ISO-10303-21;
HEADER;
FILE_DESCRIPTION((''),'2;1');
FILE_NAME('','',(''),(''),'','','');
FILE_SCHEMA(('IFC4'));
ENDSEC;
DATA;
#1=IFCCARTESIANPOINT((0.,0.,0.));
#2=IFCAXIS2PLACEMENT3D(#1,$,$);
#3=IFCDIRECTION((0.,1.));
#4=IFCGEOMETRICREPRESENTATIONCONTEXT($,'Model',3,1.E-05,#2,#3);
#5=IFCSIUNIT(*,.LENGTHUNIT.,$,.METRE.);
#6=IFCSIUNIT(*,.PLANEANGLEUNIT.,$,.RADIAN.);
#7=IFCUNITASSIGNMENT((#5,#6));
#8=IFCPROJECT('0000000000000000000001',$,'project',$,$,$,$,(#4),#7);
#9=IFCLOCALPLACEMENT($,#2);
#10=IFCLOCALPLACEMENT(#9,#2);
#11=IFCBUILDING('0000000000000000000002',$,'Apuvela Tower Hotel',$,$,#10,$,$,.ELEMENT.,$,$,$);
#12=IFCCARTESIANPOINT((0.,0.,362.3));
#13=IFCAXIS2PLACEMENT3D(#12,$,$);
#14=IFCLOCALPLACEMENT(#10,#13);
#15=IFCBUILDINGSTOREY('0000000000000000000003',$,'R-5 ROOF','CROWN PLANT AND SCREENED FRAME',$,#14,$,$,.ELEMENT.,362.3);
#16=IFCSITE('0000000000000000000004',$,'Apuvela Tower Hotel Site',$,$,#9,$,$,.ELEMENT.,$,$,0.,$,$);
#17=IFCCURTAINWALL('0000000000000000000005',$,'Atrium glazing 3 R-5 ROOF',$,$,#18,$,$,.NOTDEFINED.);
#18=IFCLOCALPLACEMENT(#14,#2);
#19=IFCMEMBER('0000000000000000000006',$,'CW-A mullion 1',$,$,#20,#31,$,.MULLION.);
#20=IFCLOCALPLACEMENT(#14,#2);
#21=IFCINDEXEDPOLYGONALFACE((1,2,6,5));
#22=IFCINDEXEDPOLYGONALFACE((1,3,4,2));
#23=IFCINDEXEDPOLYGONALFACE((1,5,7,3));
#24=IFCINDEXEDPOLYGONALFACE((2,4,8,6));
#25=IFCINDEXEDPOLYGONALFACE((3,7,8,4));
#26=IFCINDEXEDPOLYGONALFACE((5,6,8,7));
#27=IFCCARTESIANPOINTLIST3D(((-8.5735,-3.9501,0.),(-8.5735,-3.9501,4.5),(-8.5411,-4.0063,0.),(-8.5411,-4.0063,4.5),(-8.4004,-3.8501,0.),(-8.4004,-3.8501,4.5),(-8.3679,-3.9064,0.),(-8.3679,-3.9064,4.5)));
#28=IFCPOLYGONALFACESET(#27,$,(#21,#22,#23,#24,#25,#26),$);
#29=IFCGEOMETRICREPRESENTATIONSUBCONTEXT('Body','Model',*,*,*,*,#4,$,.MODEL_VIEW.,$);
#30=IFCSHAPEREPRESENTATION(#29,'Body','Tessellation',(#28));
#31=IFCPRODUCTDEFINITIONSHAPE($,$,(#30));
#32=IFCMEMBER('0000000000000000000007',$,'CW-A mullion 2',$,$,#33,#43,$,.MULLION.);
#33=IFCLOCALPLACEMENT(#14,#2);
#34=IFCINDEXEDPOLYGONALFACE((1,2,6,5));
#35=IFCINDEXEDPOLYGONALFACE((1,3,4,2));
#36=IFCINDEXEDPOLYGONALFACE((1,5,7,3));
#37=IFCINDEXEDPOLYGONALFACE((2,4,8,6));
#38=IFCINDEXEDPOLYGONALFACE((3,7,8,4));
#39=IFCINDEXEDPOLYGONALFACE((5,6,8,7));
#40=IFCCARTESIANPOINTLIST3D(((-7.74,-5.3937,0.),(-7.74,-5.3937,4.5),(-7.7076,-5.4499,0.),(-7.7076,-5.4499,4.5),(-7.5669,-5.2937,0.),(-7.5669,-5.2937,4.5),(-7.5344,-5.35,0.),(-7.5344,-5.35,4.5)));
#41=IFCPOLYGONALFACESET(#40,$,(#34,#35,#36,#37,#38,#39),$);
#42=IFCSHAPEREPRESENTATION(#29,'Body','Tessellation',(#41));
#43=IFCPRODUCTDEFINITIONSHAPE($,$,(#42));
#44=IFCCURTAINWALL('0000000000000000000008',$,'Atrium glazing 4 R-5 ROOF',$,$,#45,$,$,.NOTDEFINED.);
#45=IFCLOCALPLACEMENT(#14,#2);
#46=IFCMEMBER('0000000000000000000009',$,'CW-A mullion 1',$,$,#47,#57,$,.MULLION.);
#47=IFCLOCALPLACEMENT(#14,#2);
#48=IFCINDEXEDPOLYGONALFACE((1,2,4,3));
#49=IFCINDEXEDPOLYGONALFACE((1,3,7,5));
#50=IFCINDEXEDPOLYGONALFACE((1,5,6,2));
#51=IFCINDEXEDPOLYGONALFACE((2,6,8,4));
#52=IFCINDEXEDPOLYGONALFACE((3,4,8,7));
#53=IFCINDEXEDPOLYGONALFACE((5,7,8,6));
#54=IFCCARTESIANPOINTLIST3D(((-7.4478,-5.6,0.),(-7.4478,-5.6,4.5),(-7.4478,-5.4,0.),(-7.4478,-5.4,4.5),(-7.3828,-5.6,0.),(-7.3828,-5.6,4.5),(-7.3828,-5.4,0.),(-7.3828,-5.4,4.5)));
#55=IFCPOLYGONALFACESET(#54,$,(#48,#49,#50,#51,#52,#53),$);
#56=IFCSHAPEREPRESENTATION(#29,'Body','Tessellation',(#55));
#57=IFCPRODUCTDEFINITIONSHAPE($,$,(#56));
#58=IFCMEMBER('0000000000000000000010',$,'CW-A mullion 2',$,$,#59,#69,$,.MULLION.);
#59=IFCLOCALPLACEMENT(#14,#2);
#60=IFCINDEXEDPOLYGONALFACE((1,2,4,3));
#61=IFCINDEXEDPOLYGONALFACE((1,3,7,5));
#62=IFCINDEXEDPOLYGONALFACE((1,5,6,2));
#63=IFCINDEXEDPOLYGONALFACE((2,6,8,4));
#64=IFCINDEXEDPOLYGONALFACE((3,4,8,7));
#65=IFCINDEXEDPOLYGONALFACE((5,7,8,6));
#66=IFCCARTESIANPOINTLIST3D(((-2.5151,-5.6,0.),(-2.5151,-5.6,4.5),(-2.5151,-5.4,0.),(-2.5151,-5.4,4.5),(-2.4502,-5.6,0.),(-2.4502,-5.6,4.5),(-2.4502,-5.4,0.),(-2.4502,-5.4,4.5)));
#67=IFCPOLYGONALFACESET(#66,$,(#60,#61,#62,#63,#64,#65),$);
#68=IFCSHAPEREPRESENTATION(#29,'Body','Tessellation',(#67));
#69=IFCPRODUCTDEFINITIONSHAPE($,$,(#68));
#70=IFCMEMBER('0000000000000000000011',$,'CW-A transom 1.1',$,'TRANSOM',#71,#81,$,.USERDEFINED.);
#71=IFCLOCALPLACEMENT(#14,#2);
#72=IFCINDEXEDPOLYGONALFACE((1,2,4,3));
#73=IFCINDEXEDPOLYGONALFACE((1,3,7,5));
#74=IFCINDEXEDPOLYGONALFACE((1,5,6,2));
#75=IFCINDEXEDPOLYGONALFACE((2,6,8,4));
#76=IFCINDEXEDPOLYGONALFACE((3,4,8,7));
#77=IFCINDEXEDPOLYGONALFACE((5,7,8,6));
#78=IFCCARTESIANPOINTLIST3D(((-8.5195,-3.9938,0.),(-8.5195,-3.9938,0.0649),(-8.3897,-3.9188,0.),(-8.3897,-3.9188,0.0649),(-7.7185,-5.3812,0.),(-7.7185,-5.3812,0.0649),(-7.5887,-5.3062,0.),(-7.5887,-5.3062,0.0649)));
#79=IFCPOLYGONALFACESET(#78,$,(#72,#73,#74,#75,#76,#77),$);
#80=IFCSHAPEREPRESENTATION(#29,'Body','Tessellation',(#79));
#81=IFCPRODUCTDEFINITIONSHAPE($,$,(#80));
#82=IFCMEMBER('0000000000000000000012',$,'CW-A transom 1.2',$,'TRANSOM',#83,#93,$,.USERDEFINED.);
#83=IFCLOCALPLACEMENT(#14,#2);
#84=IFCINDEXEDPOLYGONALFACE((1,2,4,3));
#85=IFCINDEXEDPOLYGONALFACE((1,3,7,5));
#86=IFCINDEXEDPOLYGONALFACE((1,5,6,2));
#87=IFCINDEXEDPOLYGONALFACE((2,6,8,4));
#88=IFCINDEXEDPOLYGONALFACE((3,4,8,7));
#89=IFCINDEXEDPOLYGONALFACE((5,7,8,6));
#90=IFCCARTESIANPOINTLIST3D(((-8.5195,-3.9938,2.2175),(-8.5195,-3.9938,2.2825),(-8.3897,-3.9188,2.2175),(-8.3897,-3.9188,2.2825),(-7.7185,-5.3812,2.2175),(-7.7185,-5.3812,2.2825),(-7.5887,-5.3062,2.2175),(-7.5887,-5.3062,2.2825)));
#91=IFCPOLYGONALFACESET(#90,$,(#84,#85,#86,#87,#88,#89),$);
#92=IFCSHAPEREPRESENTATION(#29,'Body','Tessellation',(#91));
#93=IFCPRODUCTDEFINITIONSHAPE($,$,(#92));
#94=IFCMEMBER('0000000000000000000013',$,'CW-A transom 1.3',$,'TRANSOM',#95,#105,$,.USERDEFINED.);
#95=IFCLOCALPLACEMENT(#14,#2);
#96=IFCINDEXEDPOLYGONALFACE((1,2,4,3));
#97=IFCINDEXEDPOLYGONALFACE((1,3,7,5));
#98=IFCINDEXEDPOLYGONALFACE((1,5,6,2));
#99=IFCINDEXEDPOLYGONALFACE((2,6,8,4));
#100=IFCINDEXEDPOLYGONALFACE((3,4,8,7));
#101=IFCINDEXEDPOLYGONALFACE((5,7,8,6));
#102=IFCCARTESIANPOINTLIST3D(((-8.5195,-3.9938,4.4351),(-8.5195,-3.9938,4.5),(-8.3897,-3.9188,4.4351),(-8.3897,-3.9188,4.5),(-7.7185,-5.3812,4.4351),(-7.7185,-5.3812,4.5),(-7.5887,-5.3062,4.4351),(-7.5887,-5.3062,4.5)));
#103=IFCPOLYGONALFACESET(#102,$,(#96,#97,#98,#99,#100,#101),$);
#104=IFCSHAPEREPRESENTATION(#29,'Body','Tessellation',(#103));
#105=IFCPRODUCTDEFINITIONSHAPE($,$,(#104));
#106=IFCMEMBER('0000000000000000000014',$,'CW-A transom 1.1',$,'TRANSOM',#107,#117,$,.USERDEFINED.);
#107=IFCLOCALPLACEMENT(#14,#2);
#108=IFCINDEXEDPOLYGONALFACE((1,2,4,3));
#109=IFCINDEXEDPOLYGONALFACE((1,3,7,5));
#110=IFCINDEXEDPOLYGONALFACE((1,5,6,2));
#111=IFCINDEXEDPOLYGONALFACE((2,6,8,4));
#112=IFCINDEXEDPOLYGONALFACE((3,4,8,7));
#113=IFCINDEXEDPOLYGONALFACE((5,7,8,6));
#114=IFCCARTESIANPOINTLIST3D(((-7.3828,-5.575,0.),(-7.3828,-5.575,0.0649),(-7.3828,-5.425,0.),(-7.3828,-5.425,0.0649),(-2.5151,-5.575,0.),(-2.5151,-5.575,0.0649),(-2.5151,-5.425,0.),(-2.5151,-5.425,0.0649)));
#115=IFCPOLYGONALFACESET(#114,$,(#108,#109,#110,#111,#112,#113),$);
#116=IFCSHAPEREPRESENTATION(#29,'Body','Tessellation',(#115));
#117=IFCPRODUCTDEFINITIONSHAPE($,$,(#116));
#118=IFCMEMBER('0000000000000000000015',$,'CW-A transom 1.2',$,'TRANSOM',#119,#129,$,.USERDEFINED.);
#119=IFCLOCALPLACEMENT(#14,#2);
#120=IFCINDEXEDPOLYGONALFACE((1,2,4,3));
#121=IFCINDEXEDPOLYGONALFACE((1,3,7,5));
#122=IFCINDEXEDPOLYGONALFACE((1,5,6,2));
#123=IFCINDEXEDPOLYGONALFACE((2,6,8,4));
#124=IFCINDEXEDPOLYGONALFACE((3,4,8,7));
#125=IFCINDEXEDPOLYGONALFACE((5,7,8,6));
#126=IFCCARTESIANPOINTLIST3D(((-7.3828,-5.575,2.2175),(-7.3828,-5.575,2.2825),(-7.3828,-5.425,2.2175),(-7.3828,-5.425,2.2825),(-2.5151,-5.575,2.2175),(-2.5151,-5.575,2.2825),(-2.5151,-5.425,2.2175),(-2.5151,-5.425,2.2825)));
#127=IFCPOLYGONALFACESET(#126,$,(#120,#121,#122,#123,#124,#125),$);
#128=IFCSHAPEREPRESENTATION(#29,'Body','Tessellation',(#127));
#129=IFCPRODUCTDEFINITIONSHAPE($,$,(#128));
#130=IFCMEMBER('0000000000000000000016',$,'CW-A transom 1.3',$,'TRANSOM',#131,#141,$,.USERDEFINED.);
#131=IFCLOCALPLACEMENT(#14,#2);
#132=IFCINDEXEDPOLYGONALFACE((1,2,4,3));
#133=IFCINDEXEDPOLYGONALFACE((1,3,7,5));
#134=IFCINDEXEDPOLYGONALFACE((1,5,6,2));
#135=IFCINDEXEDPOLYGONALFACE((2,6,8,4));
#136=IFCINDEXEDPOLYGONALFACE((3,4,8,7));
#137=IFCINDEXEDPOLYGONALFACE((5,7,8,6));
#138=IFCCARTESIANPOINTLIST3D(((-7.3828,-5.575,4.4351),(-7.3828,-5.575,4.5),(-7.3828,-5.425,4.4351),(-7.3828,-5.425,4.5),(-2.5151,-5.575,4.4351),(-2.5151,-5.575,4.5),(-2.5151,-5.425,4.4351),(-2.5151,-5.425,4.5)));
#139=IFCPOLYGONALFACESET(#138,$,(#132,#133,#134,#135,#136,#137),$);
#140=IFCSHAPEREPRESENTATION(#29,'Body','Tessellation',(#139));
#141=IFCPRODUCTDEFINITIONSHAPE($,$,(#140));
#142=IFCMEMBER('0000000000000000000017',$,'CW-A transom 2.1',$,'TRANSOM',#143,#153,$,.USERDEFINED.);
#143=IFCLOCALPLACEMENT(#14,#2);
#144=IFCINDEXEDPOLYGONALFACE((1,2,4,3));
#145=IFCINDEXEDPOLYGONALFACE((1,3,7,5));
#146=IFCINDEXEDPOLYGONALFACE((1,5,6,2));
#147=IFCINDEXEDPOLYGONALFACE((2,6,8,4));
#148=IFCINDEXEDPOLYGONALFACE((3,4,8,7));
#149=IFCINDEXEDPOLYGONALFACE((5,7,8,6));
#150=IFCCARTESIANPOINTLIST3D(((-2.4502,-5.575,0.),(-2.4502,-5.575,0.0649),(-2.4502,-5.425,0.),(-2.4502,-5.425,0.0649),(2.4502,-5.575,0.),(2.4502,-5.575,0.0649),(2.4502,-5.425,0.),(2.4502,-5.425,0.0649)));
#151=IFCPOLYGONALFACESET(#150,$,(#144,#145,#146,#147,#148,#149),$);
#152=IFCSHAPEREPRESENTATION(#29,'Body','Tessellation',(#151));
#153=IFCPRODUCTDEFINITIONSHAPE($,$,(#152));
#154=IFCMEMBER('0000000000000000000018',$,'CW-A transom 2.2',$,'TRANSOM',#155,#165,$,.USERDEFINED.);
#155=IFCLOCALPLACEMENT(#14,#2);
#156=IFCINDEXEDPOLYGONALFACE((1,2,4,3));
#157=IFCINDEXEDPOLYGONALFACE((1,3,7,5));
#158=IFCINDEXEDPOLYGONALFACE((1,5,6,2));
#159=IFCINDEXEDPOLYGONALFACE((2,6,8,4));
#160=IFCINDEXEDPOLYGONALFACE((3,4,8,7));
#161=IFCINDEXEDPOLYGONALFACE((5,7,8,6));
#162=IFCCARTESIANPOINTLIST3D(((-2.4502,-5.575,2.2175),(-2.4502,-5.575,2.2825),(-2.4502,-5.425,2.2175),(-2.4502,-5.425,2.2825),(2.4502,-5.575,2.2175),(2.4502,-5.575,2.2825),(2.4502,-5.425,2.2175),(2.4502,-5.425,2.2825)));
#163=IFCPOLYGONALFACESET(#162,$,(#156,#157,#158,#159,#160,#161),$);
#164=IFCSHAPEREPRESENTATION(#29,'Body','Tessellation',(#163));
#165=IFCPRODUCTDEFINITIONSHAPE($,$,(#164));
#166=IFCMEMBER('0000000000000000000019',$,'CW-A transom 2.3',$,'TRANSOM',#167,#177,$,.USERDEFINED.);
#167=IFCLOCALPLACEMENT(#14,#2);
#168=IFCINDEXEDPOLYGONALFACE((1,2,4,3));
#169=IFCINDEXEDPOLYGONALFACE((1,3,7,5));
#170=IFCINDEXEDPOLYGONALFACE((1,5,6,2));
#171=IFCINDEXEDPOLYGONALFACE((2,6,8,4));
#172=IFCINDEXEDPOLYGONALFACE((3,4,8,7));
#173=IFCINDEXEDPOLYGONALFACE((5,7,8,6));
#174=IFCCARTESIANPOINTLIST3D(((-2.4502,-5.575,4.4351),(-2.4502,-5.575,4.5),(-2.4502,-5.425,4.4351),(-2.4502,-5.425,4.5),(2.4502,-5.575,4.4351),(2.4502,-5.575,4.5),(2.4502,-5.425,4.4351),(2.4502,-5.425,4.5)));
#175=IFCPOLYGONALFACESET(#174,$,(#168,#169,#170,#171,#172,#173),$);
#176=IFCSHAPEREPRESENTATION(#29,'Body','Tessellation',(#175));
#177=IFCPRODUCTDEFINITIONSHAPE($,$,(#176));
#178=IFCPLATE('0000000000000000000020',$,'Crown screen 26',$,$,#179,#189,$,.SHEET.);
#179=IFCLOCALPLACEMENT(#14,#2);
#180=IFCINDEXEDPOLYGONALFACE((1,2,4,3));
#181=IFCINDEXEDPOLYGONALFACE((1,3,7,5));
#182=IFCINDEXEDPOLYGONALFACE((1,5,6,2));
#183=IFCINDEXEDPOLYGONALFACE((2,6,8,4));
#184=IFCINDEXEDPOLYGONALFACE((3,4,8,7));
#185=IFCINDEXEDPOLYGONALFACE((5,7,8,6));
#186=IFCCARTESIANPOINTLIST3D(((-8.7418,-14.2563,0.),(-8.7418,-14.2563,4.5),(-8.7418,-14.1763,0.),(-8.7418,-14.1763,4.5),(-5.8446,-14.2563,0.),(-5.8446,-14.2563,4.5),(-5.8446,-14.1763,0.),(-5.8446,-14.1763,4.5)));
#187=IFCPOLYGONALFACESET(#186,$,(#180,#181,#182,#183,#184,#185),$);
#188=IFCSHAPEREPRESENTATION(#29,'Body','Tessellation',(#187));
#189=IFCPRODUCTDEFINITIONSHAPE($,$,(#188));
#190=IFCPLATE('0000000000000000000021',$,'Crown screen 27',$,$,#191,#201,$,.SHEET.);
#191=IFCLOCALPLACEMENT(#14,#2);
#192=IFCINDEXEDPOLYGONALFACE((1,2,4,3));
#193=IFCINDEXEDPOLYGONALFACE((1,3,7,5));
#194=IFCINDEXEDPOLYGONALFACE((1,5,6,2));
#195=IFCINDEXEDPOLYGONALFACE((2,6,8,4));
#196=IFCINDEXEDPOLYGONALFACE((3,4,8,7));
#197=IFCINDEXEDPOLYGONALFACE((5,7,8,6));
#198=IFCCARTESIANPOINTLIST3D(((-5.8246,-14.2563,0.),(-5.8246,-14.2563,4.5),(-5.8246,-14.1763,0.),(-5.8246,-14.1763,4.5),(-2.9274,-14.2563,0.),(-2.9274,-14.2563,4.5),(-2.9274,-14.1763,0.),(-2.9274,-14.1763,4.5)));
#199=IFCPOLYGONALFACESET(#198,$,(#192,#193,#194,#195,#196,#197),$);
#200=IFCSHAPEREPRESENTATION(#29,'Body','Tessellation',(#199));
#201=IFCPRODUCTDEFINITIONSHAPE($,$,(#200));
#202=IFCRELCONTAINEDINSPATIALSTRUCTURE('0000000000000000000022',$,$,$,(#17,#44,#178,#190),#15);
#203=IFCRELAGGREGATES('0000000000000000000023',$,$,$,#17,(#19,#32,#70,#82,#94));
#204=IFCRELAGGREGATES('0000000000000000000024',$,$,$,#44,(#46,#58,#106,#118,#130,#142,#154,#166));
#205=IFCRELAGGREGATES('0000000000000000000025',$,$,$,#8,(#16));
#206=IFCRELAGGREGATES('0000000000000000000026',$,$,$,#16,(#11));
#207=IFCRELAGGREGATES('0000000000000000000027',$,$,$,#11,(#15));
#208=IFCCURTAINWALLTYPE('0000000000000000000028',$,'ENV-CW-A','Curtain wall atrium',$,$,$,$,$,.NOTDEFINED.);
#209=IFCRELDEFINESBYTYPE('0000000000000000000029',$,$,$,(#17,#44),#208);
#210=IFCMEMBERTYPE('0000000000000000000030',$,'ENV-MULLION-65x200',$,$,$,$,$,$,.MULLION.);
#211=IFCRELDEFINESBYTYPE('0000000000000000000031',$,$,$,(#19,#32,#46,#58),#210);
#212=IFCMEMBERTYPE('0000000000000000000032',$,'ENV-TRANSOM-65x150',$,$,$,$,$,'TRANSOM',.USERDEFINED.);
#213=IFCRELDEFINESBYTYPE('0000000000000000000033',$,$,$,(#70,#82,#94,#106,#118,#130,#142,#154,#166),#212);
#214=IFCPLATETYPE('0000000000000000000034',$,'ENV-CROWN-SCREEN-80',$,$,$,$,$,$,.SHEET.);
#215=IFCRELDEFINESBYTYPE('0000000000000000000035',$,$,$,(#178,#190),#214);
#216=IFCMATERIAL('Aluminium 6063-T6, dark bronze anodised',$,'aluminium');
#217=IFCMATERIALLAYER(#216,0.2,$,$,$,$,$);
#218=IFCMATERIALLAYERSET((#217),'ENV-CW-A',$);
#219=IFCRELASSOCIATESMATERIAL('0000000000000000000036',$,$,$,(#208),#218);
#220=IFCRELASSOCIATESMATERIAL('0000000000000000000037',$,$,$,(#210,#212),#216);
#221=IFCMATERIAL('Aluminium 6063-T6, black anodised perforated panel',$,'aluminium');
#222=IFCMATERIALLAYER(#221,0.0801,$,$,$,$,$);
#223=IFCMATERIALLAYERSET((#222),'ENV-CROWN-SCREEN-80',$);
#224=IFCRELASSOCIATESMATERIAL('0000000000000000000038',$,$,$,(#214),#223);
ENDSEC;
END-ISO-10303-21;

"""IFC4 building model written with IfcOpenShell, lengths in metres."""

from ifc_helpers import new_model, si_unit, direction, frame, origin, origin_2d, place, context, subcontext, project, spatial, rectangle, extrude, material, layer, layer_set, material_profile, profile_set, type_object, element, aggregate, save


model = new_model("IFC4")

# Units and contexts
model_context = context("Model", 3, precision=1e-05, world=origin(), true_north=direction((0.0, 1.0)))
body_context = subcontext(model_context, "Body", "Model", "MODEL_VIEW")
ifc_project = project(units=[si_unit("LENGTHUNIT", "METRE"), si_unit("PLANEANGLEUNIT", "RADIAN")], contexts=[model_context])

# Site, building, storey
site_placement = place(None, origin())
site = spatial("IfcSite", under=ifc_project, at=site_placement, Name="Apuvela Tower Hotel Site", CompositionType="ELEMENT", RefElevation=0.0)
building_placement = place(site_placement, origin())
building = spatial("IfcBuilding", under=site, at=building_placement, Name="Apuvela Tower Hotel", CompositionType="ELEMENT")
storey_placement = place(building_placement, frame((0.0, 0.0, 362.3)))
storey = spatial("IfcBuildingStorey", under=building, at=storey_placement, Name="R-5 ROOF", Description="CROWN PLANT AND SCREENED FRAME", CompositionType="ELEMENT", Elevation=362.3)

# Shared definitions
ifc_material_1 = material(Name="Aluminium 6063-T6, dark bronze anodised", Category="aluminium")
ifc_layer_1 = layer(ifc_material_1, 0.2)
ifc_layer_set_1 = layer_set([ifc_layer_1], Name="ENV-CW-A")
curtain_wall_type = type_object("IfcCurtainWallType", Name="ENV-CW-A", Description="Curtain wall atrium", PredefinedType="NOTDEFINED", material=ifc_layer_set_1)
ifc_material_profile_1 = material_profile(ifc_material_1, rectangle(XDim=0.2, YDim=0.0649, at=origin_2d()), Name="AL 65x200")
ifc_profile_set_1 = profile_set([ifc_material_profile_1], Name="Aluminium 6063-T6, dark bronze anodised")
member_type_1 = type_object("IfcMemberType", Name="ENV-MULLION-65x200", PredefinedType="MULLION", material=ifc_profile_set_1)

# Curtain walls, members
curtain_wall_1_placement = place(storey_placement, origin())
curtain_wall_1 = element("IfcCurtainWall", 1, at=curtain_wall_1_placement, inside=storey, type_object=curtain_wall_type, Name="Atrium glazing 3 R-5 ROOF", PredefinedType="NOTDEFINED")
member_1_placement = place(storey_placement, frame((-8.4707, -3.9282, 0.0), z_axis=(0.0, 0.0, 1.0), x_axis=(0.866032, 0.499989, 0.0)))
member_1 = element("IfcMember", 2, at=member_1_placement, type_object=member_type_1, Name="CW-A mullion 1", PredefinedType="MULLION", context=body_context, shape_type="SweptSolid", body=[
    extrude(rectangle(XDim=0.2, YDim=0.0649, at=origin_2d()), origin(), (0.0, 0.0, 1.0), 4.5),
])
member_2_placement = place(storey_placement, frame((-7.6372, -5.3718, 0.0), z_axis=(0.0, 0.0, 1.0), x_axis=(0.866032, 0.499989, 0.0)))
member_2 = element("IfcMember", 3, at=member_2_placement, type_object=member_type_1, Name="CW-A mullion 2", PredefinedType="MULLION", context=body_context, shape_type="SweptSolid", body=[
    extrude(rectangle(XDim=0.2, YDim=0.0649, at=origin_2d()), origin(), (0.0, 0.0, 1.0), 4.5),
])
curtain_wall_2_placement = place(storey_placement, origin())
curtain_wall_2 = element("IfcCurtainWall", 4, at=curtain_wall_2_placement, inside=storey, type_object=curtain_wall_type, Name="Atrium glazing 4 R-5 ROOF", PredefinedType="NOTDEFINED")
member_3_placement = place(storey_placement, frame((-7.4153, -5.5, 0.0), z_axis=(0.0, 0.0, 1.0), x_axis=(0.0, 1.0, 0.0)))
member_3 = element("IfcMember", 5, at=member_3_placement, type_object=member_type_1, Name="CW-A mullion 1", PredefinedType="MULLION", context=body_context, shape_type="SweptSolid", body=[
    extrude(rectangle(XDim=0.2, YDim=0.0649, at=origin_2d()), origin(), (0.0, 0.0, 1.0), 4.5),
])
member_4_placement = place(storey_placement, frame((-2.4827, -5.5, 0.0), z_axis=(0.0, 0.0, 1.0), x_axis=(0.0, 1.0, 0.0)))
member_4 = element("IfcMember", 6, at=member_4_placement, type_object=member_type_1, Name="CW-A mullion 2", PredefinedType="MULLION", context=body_context, shape_type="SweptSolid", body=[
    extrude(rectangle(XDim=0.2, YDim=0.0649, at=origin_2d()), origin(), (0.0, 0.0, 1.0), 4.5),
])

# Members
ifc_material_profile_2 = material_profile(ifc_material_1, rectangle(XDim=0.1499, YDim=0.0649, at=origin_2d()), Name="AL 65x150 transom")
ifc_profile_set_2 = profile_set([ifc_material_profile_2], Name="Aluminium 6063-T6, dark bronze anodised")
member_type_2 = type_object("IfcMemberType", Name="ENV-TRANSOM-65x150", ElementType="TRANSOM", PredefinedType="USERDEFINED", material=ifc_profile_set_2)
member_5_placement = place(storey_placement, frame((-8.4546, -3.9563, 0.0325), z_axis=(0.499991, -0.866031, 0.0), x_axis=(0.866031, 0.499991, 0.0)))
member_5 = element("IfcMember", 7, at=member_5_placement, type_object=member_type_2, Name="CW-A transom 1.1", ObjectType="TRANSOM", PredefinedType="USERDEFINED", context=body_context, shape_type="SweptSolid", body=[
    extrude(rectangle(XDim=0.1499, YDim=0.0649, at=origin_2d()), origin(), (0.0, 0.0, 1.0), 1.6021),
])
member_6_placement = place(storey_placement, frame((-8.4546, -3.9563, 2.25), z_axis=(0.499991, -0.866031, 0.0), x_axis=(0.866031, 0.499991, 0.0)))
member_6 = element("IfcMember", 8, at=member_6_placement, type_object=member_type_2, Name="CW-A transom 1.2", ObjectType="TRANSOM", PredefinedType="USERDEFINED", context=body_context, shape_type="SweptSolid", body=[
    extrude(rectangle(XDim=0.1499, YDim=0.0649, at=origin_2d()), origin(), (0.0, 0.0, 1.0), 1.6021),
])
member_7_placement = place(storey_placement, frame((-8.4546, -3.9563, 4.4675), z_axis=(0.499991, -0.866031, 0.0), x_axis=(0.866031, 0.499991, 0.0)))
member_7 = element("IfcMember", 9, at=member_7_placement, type_object=member_type_2, Name="CW-A transom 1.3", ObjectType="TRANSOM", PredefinedType="USERDEFINED", context=body_context, shape_type="SweptSolid", body=[
    extrude(rectangle(XDim=0.1499, YDim=0.0649, at=origin_2d()), origin(), (0.0, 0.0, 1.0), 1.6021),
])
member_8_placement = place(storey_placement, frame((-7.3828, -5.5, 0.0325), z_axis=(1.0, 0.0, 0.0), x_axis=(0.0, 1.0, 0.0)))
member_8 = element("IfcMember", 10, at=member_8_placement, type_object=member_type_2, Name="CW-A transom 1.1", ObjectType="TRANSOM", PredefinedType="USERDEFINED", context=body_context, shape_type="SweptSolid", body=[
    extrude(rectangle(XDim=0.1499, YDim=0.0649, at=origin_2d()), origin(), (0.0, 0.0, 1.0), 4.8677),
])
member_9_placement = place(storey_placement, frame((-7.3828, -5.5, 2.25), z_axis=(1.0, 0.0, 0.0), x_axis=(0.0, 1.0, 0.0)))
member_9 = element("IfcMember", 11, at=member_9_placement, type_object=member_type_2, Name="CW-A transom 1.2", ObjectType="TRANSOM", PredefinedType="USERDEFINED", context=body_context, shape_type="SweptSolid", body=[
    extrude(rectangle(XDim=0.1499, YDim=0.0649, at=origin_2d()), origin(), (0.0, 0.0, 1.0), 4.8677),
])
member_10_placement = place(storey_placement, frame((-7.3828, -5.5, 4.4675), z_axis=(1.0, 0.0, 0.0), x_axis=(0.0, 1.0, 0.0)))
member_10 = element("IfcMember", 12, at=member_10_placement, type_object=member_type_2, Name="CW-A transom 1.3", ObjectType="TRANSOM", PredefinedType="USERDEFINED", context=body_context, shape_type="SweptSolid", body=[
    extrude(rectangle(XDim=0.1499, YDim=0.0649, at=origin_2d()), origin(), (0.0, 0.0, 1.0), 4.8677),
])
member_11_placement = place(storey_placement, frame((-2.4502, -5.5, 0.0325), z_axis=(1.0, 0.0, 0.0), x_axis=(0.0, 1.0, 0.0)))
member_11 = element("IfcMember", 13, at=member_11_placement, type_object=member_type_2, Name="CW-A transom 2.1", ObjectType="TRANSOM", PredefinedType="USERDEFINED", context=body_context, shape_type="SweptSolid", body=[
    extrude(rectangle(XDim=0.1499, YDim=0.0649, at=origin_2d()), origin(), (0.0, 0.0, 1.0), 4.9004),
])
member_12_placement = place(storey_placement, frame((-2.4502, -5.5, 2.25), z_axis=(1.0, 0.0, 0.0), x_axis=(0.0, 1.0, 0.0)))
member_12 = element("IfcMember", 14, at=member_12_placement, type_object=member_type_2, Name="CW-A transom 2.2", ObjectType="TRANSOM", PredefinedType="USERDEFINED", context=body_context, shape_type="SweptSolid", body=[
    extrude(rectangle(XDim=0.1499, YDim=0.0649, at=origin_2d()), origin(), (0.0, 0.0, 1.0), 4.9004),
])
member_13_placement = place(storey_placement, frame((-2.4502, -5.5, 4.4675), z_axis=(1.0, 0.0, 0.0), x_axis=(0.0, 1.0, 0.0)))
member_13 = element("IfcMember", 15, at=member_13_placement, type_object=member_type_2, Name="CW-A transom 2.3", ObjectType="TRANSOM", PredefinedType="USERDEFINED", context=body_context, shape_type="SweptSolid", body=[
    extrude(rectangle(XDim=0.1499, YDim=0.0649, at=origin_2d()), origin(), (0.0, 0.0, 1.0), 4.9004),
])

# Plates
ifc_material_2 = material(Name="Aluminium 6063-T6, black anodised perforated panel", Category="aluminium")
ifc_layer_2 = layer(ifc_material_2, 0.0801)
ifc_layer_set_2 = layer_set([ifc_layer_2], Name="ENV-CROWN-SCREEN-80")
plate_type_1 = type_object("IfcPlateType", Name="ENV-CROWN-SCREEN-80", PredefinedType="SHEET", material=ifc_layer_set_2)
for number, where, z_axis, x_axis, name in (
    (16, (-7.2932, -14.2163, 0.0), (0.0, 0.0, 1.0), (1.0, 0.0, 0.0), "Crown screen 26"),
    (17, (-4.376, -14.2163, 0.0), (0.0, 0.0, 1.0), (1.0, 0.0, 0.0), "Crown screen 27"),
):
    element("IfcPlate", number, at=place(storey_placement, frame(where, z_axis=z_axis, x_axis=x_axis)), inside=storey, type_object=plate_type_1, Name=name, PredefinedType="SHEET", context=body_context, shape_type="SweptSolid", body=[
        extrude(rectangle(XDim=2.8972, YDim=0.0801, at=origin_2d()), origin(), (0.0, 0.0, 1.0), 4.5),
    ])

aggregate(curtain_wall_1, [member_1, member_2, member_5, member_6, member_7])
aggregate(curtain_wall_2, [member_3, member_4, member_8, member_9, member_10, member_11, member_12, member_13])

save(model, "model.ifc")
